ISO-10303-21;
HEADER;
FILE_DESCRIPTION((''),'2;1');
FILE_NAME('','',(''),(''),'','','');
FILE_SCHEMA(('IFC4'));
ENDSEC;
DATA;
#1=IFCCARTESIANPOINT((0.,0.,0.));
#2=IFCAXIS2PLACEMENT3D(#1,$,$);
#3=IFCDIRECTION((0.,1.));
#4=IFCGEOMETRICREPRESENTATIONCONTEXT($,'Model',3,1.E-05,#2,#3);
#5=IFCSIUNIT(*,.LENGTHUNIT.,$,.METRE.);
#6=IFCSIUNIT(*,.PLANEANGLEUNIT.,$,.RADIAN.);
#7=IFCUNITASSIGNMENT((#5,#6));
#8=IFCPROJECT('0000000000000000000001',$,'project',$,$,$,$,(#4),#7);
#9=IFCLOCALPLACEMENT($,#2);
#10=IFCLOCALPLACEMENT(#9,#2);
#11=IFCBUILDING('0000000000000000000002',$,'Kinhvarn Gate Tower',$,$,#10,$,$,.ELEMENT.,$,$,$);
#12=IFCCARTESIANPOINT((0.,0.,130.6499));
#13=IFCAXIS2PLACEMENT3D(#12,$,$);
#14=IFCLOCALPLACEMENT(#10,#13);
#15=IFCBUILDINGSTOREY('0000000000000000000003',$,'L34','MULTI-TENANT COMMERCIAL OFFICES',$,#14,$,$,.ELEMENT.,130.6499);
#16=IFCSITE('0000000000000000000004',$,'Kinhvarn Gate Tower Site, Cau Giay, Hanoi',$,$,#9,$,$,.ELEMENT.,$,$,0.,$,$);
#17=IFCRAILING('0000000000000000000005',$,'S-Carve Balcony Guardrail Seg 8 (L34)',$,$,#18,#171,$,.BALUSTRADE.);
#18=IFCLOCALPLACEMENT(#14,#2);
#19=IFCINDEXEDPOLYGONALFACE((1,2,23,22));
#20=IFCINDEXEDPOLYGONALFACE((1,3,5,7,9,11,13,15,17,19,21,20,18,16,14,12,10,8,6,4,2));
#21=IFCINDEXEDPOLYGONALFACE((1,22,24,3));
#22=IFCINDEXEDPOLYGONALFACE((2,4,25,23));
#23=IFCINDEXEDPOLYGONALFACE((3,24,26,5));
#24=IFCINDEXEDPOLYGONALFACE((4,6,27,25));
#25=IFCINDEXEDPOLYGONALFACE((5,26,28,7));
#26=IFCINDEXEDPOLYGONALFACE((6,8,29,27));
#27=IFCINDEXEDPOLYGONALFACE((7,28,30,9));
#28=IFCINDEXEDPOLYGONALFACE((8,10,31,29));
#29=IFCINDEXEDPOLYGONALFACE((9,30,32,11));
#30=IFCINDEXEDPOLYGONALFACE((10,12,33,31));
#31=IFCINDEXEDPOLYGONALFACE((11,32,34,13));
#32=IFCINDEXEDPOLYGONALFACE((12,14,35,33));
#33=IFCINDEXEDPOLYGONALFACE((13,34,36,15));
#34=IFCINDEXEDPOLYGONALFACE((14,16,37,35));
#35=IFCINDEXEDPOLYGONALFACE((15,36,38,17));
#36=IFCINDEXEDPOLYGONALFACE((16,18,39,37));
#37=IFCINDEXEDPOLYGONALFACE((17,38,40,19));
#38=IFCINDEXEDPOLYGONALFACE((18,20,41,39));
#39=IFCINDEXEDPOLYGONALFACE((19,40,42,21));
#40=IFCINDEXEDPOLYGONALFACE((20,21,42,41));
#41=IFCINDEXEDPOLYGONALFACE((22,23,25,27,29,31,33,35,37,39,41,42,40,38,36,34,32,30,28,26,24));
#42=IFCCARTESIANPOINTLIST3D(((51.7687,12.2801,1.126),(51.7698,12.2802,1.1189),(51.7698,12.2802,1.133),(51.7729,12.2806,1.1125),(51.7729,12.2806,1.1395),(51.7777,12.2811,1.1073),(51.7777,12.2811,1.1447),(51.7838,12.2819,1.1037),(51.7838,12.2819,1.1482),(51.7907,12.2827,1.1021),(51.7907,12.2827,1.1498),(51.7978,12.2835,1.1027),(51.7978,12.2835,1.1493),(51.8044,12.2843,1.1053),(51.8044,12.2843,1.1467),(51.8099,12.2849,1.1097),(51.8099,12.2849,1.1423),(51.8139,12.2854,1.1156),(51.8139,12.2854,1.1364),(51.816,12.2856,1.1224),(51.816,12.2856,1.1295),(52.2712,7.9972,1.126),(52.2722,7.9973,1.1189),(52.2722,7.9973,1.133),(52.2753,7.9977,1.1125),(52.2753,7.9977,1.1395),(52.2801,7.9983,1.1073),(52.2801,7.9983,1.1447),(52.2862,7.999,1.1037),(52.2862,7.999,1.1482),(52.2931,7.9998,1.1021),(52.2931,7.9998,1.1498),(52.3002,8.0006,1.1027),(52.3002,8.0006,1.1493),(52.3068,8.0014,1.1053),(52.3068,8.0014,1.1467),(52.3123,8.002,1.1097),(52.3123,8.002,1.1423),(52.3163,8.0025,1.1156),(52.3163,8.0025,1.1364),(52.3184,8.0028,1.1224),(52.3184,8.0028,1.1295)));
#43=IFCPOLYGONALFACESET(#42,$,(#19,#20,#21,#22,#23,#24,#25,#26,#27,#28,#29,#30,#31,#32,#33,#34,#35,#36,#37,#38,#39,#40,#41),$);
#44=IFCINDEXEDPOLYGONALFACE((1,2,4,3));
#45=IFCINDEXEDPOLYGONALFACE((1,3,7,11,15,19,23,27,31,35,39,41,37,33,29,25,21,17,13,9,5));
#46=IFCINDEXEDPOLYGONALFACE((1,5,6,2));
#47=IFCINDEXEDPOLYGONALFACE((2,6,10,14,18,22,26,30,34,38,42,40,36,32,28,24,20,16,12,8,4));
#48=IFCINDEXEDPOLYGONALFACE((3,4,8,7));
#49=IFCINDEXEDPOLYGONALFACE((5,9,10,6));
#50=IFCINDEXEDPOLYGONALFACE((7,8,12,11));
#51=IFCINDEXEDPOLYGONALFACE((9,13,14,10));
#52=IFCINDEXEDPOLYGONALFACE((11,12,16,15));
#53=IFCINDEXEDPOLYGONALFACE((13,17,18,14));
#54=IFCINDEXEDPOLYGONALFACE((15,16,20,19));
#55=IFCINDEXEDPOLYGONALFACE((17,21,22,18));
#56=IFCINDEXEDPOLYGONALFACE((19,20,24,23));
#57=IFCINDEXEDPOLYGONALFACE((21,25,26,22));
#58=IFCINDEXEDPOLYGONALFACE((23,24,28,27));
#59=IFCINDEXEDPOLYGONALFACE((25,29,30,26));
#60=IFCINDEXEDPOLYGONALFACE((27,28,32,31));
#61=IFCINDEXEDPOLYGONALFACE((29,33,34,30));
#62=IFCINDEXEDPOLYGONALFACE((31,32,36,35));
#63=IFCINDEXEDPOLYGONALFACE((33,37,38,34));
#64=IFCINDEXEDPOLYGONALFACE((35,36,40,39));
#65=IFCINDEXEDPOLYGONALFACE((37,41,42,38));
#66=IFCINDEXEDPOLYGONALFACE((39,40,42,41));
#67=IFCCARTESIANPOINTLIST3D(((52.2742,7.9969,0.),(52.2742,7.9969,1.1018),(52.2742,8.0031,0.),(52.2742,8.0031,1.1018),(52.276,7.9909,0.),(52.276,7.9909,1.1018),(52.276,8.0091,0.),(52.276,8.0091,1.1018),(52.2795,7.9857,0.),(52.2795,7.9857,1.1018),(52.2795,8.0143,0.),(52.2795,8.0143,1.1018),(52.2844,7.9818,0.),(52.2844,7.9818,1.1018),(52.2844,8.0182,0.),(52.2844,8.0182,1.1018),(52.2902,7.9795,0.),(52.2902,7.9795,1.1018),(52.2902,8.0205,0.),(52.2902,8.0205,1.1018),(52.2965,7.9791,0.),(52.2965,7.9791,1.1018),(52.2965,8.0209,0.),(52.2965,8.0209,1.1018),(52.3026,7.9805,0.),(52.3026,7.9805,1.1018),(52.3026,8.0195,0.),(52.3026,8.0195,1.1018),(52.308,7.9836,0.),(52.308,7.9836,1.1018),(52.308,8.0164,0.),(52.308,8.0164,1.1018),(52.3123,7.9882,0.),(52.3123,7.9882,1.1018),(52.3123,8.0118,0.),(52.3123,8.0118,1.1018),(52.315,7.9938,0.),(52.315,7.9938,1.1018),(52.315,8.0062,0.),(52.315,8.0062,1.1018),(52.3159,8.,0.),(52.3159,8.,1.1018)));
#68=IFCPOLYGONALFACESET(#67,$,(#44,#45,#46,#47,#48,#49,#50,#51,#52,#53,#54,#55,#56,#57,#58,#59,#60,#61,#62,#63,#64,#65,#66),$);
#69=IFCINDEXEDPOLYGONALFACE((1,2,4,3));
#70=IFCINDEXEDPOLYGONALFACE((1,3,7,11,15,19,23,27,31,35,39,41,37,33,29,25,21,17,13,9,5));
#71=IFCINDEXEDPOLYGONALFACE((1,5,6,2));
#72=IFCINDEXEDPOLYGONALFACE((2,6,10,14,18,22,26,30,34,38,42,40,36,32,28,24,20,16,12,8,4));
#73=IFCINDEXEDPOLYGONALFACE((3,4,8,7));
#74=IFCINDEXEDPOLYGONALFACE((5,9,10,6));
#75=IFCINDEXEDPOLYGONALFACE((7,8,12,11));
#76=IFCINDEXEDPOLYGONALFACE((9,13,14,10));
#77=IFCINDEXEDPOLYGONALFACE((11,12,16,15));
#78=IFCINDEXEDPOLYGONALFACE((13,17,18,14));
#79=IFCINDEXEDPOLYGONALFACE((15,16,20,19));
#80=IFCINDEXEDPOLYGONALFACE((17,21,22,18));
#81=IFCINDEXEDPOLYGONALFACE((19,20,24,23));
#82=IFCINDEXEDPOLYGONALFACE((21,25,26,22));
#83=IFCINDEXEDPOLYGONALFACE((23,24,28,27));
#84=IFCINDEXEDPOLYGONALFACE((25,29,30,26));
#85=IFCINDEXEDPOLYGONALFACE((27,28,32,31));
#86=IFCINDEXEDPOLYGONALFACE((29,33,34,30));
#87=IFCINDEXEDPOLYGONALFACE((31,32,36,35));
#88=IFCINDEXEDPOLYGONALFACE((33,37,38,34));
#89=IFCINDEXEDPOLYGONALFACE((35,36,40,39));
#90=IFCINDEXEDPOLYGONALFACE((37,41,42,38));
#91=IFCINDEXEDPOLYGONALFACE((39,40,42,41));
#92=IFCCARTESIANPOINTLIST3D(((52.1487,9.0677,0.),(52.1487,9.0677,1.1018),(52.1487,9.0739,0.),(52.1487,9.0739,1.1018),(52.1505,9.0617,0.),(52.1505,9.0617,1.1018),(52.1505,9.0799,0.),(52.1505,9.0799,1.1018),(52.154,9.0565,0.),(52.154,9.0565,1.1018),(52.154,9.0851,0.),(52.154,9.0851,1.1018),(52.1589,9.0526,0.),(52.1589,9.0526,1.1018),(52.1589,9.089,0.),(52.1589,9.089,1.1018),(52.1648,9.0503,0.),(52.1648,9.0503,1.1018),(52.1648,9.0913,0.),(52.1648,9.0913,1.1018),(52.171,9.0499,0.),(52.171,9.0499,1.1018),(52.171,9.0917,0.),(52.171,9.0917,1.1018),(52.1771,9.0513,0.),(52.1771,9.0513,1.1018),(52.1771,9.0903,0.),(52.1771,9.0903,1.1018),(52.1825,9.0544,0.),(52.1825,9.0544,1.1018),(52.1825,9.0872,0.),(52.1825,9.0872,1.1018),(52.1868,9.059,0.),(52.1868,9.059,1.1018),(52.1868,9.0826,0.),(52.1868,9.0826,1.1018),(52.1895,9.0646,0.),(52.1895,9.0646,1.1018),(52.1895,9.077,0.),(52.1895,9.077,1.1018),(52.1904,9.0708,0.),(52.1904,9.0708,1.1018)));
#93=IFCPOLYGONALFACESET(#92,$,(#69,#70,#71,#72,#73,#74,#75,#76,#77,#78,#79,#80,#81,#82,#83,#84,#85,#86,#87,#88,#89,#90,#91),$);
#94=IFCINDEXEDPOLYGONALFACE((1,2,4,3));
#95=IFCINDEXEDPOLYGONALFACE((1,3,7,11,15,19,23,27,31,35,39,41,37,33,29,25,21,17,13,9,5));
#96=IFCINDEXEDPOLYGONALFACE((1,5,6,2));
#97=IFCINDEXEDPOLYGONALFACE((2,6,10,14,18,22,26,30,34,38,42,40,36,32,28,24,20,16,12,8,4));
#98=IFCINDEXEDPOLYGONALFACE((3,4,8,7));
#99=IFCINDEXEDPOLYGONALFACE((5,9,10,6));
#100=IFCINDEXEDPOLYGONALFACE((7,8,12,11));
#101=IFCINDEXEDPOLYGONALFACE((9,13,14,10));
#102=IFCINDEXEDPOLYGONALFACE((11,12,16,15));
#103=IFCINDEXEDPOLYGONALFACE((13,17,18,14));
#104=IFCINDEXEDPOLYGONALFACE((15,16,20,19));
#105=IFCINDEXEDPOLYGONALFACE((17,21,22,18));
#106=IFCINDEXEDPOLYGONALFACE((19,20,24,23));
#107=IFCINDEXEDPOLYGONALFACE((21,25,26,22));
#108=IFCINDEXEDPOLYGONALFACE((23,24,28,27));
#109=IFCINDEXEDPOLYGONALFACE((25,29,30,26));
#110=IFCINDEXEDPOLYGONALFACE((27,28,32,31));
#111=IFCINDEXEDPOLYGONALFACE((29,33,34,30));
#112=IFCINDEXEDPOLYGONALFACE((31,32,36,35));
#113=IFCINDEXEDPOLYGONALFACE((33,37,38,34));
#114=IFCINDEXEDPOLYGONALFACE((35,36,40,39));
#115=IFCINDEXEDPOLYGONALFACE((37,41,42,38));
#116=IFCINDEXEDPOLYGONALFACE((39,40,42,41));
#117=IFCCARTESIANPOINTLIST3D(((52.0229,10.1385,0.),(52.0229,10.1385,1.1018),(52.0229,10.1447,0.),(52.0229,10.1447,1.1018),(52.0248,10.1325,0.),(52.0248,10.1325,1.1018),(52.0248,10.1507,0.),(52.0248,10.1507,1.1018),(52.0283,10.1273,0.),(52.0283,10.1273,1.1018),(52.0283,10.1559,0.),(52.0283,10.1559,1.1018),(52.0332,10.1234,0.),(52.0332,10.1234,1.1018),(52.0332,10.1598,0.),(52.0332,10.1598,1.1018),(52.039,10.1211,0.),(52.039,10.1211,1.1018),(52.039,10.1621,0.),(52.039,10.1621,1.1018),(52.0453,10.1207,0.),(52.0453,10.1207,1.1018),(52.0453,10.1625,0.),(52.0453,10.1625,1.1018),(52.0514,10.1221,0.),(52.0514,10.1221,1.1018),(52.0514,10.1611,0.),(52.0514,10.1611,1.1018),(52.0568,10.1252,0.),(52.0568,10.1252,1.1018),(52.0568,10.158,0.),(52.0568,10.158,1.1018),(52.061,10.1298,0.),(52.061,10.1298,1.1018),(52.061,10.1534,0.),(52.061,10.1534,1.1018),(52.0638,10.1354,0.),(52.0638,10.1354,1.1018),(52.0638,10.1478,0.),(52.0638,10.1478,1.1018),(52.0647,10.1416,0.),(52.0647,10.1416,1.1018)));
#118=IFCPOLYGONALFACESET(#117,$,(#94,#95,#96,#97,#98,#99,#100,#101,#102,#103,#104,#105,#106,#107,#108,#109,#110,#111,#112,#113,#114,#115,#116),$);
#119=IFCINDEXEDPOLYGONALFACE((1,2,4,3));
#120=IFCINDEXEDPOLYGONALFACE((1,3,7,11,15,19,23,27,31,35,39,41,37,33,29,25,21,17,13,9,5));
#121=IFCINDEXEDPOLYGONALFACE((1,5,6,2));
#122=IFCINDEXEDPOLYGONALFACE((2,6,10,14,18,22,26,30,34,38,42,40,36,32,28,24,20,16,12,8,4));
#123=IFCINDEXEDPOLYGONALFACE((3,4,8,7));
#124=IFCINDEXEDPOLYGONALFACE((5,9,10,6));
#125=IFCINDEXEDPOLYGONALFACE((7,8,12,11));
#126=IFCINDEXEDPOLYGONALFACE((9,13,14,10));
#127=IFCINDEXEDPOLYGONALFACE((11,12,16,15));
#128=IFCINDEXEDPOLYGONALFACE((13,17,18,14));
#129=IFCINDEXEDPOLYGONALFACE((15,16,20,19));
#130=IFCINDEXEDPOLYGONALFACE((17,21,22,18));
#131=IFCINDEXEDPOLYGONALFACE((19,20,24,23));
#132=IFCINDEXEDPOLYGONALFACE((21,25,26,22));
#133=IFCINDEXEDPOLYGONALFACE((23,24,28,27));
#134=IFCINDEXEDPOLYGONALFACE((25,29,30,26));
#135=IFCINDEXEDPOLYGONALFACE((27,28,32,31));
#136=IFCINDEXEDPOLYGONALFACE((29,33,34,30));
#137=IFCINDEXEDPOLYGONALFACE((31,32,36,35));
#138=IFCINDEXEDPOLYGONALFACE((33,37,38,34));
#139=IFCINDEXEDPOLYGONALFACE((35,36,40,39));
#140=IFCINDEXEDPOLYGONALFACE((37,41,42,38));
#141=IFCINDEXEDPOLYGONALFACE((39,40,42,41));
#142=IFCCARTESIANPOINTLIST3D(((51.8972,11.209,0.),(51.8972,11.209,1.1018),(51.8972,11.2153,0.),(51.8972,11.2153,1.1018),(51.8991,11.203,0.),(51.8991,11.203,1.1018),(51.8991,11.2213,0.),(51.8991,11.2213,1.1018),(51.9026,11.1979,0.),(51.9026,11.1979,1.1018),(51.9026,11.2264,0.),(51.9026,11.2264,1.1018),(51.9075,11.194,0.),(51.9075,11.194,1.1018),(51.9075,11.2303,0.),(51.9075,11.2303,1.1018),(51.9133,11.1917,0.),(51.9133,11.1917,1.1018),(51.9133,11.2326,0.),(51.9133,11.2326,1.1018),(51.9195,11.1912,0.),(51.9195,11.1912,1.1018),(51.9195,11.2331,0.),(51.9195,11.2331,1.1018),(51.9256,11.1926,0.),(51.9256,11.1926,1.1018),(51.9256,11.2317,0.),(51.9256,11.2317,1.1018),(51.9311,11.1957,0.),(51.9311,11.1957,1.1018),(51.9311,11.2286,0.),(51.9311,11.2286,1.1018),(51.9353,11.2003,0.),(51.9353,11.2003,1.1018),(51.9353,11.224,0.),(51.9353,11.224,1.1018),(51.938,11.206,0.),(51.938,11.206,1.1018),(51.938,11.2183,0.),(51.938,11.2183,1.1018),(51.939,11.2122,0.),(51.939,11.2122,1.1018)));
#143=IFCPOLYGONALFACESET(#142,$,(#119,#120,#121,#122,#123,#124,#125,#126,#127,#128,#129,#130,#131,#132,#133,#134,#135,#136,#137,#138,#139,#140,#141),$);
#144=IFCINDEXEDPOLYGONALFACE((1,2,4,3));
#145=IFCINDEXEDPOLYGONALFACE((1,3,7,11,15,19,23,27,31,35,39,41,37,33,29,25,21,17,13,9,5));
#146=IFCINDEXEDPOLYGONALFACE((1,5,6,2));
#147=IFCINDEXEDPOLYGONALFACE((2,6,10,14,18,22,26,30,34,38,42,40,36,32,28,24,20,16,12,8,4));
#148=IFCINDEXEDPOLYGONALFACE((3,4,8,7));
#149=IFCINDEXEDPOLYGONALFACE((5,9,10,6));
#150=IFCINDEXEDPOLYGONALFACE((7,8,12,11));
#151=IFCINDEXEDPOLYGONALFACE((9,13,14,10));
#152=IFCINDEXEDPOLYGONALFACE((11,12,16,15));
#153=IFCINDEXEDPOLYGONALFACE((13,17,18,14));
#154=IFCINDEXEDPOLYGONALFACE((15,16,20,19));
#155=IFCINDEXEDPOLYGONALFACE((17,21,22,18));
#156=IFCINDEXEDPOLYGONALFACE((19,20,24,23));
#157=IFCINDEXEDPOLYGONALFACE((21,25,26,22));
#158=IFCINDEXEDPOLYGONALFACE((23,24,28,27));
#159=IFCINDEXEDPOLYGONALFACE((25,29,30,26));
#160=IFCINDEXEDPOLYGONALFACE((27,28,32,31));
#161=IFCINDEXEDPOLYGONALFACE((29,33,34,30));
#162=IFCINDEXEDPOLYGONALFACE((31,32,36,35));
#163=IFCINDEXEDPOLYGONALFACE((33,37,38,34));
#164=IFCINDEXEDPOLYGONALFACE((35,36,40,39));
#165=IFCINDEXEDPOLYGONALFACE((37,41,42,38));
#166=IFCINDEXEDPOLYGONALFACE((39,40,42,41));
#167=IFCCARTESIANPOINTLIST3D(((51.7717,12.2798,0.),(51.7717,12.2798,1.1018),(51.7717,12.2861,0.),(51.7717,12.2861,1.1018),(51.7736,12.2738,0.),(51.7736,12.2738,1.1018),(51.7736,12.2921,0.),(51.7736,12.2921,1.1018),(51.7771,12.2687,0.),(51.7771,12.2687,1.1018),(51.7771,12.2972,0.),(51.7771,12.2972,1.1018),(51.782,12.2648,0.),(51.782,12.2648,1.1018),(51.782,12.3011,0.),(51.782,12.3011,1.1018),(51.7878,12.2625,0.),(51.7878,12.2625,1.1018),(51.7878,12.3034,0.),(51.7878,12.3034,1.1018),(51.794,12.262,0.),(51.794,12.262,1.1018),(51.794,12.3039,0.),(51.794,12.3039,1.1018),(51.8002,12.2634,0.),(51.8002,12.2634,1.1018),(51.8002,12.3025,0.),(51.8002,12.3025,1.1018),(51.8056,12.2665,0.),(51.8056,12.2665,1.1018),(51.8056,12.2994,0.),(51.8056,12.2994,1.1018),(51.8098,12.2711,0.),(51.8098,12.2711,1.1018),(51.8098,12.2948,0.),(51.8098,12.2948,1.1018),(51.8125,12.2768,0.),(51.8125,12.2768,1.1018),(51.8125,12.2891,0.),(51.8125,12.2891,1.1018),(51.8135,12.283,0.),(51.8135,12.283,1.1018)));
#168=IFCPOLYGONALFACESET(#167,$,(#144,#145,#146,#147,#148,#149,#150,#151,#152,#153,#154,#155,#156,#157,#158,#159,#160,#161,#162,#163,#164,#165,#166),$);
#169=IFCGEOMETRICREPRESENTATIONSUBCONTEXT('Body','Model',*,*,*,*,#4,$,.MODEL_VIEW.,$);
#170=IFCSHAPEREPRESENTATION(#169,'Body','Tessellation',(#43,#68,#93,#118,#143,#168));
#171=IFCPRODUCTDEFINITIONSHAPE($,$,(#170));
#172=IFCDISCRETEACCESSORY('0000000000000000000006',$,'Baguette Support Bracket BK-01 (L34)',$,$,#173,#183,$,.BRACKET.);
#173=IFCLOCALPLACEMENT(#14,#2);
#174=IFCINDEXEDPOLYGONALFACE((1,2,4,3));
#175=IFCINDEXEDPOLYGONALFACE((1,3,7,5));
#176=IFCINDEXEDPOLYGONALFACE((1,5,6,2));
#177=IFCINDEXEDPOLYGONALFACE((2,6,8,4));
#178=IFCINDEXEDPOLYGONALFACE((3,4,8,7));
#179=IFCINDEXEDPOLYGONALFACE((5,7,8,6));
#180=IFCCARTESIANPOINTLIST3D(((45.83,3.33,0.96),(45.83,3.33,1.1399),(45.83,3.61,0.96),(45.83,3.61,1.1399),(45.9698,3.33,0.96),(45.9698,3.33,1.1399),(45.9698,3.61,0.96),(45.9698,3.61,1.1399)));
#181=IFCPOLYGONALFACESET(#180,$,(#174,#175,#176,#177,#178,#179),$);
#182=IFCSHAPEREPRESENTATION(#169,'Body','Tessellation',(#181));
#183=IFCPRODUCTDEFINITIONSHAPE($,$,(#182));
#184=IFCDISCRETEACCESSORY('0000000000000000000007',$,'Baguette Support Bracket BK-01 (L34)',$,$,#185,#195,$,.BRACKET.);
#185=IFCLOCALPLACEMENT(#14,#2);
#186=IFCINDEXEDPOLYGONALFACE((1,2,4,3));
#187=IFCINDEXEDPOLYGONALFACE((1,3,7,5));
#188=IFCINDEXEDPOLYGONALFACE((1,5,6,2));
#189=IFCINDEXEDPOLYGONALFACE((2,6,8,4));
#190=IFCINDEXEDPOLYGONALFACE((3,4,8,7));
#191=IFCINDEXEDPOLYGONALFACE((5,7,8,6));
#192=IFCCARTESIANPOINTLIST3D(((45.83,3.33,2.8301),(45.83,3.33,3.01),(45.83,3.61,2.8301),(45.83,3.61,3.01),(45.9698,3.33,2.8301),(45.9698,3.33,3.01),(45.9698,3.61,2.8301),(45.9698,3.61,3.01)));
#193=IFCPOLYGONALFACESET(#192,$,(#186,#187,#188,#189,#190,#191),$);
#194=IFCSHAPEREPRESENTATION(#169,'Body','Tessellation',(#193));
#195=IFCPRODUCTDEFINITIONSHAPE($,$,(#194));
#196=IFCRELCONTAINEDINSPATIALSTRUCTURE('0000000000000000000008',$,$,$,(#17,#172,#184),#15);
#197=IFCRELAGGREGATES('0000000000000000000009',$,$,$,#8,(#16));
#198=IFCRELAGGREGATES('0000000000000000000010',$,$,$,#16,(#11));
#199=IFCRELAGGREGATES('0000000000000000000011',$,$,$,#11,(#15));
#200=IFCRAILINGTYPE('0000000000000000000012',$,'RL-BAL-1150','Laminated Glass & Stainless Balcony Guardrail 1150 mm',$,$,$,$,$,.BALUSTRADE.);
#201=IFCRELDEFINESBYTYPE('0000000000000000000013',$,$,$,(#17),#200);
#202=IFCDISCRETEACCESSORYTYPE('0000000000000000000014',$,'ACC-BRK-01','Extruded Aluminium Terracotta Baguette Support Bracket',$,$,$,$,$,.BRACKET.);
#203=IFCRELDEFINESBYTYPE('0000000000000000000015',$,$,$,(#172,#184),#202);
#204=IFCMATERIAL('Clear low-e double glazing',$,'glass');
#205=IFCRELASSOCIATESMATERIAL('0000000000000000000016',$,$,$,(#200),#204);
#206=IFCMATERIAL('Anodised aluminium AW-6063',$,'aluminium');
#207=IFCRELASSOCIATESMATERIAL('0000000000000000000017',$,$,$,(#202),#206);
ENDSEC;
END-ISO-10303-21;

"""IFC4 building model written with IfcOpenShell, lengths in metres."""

from ifc_helpers import new_model, si_unit, direction, frame, origin, origin_2d, place, context, subcontext, project, spatial, rectangle, circle, extrude, material, type_object, element, save


model = new_model("IFC4")

# Units and contexts
model_context = context("Model", 3, precision=1e-05, world=origin(), true_north=direction((0.0, 1.0)))
body_context = subcontext(model_context, "Body", "Model", "MODEL_VIEW")
ifc_project = project(units=[si_unit("LENGTHUNIT", "METRE"), si_unit("PLANEANGLEUNIT", "RADIAN")], contexts=[model_context])

# Site, building, storey
site_placement = place(None, origin())
site = spatial("IfcSite", under=ifc_project, at=site_placement, Name="Kinhvarn Gate Tower Site, Cau Giay, Hanoi", CompositionType="ELEMENT", RefElevation=0.0)
building_placement = place(site_placement, origin())
building = spatial("IfcBuilding", under=site, at=building_placement, Name="Kinhvarn Gate Tower", CompositionType="ELEMENT")
storey_placement = place(building_placement, frame((0.0, 0.0, 130.6499)))
storey = spatial("IfcBuildingStorey", under=building, at=storey_placement, Name="L34", Description="MULTI-TENANT COMMERCIAL OFFICES", CompositionType="ELEMENT", Elevation=130.6499)

# Shared definitions
ifc_material_1 = material(Name="Anodised aluminium AW-6063", Category="aluminium")

# Shared definitions
ifc_material_2 = material(Name="Clear low-e double glazing", Category="glass")

# Railing
railing_type = type_object("IfcRailingType", Name="RL-BAL-1150", Description="Laminated Glass & Stainless Balcony Guardrail 1150 mm", PredefinedType="BALUSTRADE", material=ifc_material_2)
railing_1_placement = place(storey_placement, frame((52.2949, 8.0, 0.0)))
element("IfcRailing", 1, at=railing_1_placement, inside=storey, type_object=railing_type, Name="S-Carve Balcony Guardrail Seg 8 (L34)", PredefinedType="BALUSTRADE", context=body_context, shape_type="SweptSolid", body=[
    extrude(circle(Radius=0.0239, at=origin_2d()), frame((0.0, 0.0, 1.126), z_axis=(-0.116513, 0.993189, 0.0), x_axis=(-0.993189, -0.116513, 0.0)), (0.0, 0.0, 1.0), 4.3123),
    extrude(circle(Radius=0.021, at=origin_2d()), origin(), (0.0, 0.0, 1.0), 1.1018),
    extrude(circle(Radius=0.021, at=origin_2d()), frame((-0.1255, 1.0708, 0.0)), (0.0, 0.0, 1.0), 1.1018),
    extrude(circle(Radius=0.021, at=origin_2d()), frame((-0.2512, 2.1416, 0.0)), (0.0, 0.0, 1.0), 1.1018),
    extrude(circle(Radius=0.021, at=origin_2d()), frame((-0.377, 3.2122, 0.0)), (0.0, 0.0, 1.0), 1.1018),
    extrude(circle(Radius=0.021, at=origin_2d()), frame((-0.5024, 4.283, 0.0)), (0.0, 0.0, 1.0), 1.1018),
])

# Discrete accessories
discrete_accessory_type = type_object("IfcDiscreteAccessoryType", Name="ACC-BRK-01", Description="Extruded Aluminium Terracotta Baguette Support Bracket", PredefinedType="BRACKET", material=ifc_material_1)
for number, where, z_axis, x_axis, name in (
    (2, (45.8999, 3.47, 0.96), (0.0, 0.0, 1.0), (1.0, 0.0, 0.0), "Baguette Support Bracket BK-01 (L34)"),
    (3, (45.8999, 3.47, 2.8301), (0.0, 0.0, 1.0), (1.0, 0.0, 0.0), "Baguette Support Bracket BK-01 (L34)"),
):
    element("IfcDiscreteAccessory", number, at=place(storey_placement, frame(where, z_axis=z_axis, x_axis=x_axis)), inside=storey, type_object=discrete_accessory_type, Name=name, PredefinedType="BRACKET", context=body_context, shape_type="SweptSolid", body=[
        extrude(rectangle(XDim=0.1399, YDim=0.28, at=origin_2d()), origin(), (0.0, 0.0, 1.0), 0.1799),
    ])

save(model, "model.ifc")
